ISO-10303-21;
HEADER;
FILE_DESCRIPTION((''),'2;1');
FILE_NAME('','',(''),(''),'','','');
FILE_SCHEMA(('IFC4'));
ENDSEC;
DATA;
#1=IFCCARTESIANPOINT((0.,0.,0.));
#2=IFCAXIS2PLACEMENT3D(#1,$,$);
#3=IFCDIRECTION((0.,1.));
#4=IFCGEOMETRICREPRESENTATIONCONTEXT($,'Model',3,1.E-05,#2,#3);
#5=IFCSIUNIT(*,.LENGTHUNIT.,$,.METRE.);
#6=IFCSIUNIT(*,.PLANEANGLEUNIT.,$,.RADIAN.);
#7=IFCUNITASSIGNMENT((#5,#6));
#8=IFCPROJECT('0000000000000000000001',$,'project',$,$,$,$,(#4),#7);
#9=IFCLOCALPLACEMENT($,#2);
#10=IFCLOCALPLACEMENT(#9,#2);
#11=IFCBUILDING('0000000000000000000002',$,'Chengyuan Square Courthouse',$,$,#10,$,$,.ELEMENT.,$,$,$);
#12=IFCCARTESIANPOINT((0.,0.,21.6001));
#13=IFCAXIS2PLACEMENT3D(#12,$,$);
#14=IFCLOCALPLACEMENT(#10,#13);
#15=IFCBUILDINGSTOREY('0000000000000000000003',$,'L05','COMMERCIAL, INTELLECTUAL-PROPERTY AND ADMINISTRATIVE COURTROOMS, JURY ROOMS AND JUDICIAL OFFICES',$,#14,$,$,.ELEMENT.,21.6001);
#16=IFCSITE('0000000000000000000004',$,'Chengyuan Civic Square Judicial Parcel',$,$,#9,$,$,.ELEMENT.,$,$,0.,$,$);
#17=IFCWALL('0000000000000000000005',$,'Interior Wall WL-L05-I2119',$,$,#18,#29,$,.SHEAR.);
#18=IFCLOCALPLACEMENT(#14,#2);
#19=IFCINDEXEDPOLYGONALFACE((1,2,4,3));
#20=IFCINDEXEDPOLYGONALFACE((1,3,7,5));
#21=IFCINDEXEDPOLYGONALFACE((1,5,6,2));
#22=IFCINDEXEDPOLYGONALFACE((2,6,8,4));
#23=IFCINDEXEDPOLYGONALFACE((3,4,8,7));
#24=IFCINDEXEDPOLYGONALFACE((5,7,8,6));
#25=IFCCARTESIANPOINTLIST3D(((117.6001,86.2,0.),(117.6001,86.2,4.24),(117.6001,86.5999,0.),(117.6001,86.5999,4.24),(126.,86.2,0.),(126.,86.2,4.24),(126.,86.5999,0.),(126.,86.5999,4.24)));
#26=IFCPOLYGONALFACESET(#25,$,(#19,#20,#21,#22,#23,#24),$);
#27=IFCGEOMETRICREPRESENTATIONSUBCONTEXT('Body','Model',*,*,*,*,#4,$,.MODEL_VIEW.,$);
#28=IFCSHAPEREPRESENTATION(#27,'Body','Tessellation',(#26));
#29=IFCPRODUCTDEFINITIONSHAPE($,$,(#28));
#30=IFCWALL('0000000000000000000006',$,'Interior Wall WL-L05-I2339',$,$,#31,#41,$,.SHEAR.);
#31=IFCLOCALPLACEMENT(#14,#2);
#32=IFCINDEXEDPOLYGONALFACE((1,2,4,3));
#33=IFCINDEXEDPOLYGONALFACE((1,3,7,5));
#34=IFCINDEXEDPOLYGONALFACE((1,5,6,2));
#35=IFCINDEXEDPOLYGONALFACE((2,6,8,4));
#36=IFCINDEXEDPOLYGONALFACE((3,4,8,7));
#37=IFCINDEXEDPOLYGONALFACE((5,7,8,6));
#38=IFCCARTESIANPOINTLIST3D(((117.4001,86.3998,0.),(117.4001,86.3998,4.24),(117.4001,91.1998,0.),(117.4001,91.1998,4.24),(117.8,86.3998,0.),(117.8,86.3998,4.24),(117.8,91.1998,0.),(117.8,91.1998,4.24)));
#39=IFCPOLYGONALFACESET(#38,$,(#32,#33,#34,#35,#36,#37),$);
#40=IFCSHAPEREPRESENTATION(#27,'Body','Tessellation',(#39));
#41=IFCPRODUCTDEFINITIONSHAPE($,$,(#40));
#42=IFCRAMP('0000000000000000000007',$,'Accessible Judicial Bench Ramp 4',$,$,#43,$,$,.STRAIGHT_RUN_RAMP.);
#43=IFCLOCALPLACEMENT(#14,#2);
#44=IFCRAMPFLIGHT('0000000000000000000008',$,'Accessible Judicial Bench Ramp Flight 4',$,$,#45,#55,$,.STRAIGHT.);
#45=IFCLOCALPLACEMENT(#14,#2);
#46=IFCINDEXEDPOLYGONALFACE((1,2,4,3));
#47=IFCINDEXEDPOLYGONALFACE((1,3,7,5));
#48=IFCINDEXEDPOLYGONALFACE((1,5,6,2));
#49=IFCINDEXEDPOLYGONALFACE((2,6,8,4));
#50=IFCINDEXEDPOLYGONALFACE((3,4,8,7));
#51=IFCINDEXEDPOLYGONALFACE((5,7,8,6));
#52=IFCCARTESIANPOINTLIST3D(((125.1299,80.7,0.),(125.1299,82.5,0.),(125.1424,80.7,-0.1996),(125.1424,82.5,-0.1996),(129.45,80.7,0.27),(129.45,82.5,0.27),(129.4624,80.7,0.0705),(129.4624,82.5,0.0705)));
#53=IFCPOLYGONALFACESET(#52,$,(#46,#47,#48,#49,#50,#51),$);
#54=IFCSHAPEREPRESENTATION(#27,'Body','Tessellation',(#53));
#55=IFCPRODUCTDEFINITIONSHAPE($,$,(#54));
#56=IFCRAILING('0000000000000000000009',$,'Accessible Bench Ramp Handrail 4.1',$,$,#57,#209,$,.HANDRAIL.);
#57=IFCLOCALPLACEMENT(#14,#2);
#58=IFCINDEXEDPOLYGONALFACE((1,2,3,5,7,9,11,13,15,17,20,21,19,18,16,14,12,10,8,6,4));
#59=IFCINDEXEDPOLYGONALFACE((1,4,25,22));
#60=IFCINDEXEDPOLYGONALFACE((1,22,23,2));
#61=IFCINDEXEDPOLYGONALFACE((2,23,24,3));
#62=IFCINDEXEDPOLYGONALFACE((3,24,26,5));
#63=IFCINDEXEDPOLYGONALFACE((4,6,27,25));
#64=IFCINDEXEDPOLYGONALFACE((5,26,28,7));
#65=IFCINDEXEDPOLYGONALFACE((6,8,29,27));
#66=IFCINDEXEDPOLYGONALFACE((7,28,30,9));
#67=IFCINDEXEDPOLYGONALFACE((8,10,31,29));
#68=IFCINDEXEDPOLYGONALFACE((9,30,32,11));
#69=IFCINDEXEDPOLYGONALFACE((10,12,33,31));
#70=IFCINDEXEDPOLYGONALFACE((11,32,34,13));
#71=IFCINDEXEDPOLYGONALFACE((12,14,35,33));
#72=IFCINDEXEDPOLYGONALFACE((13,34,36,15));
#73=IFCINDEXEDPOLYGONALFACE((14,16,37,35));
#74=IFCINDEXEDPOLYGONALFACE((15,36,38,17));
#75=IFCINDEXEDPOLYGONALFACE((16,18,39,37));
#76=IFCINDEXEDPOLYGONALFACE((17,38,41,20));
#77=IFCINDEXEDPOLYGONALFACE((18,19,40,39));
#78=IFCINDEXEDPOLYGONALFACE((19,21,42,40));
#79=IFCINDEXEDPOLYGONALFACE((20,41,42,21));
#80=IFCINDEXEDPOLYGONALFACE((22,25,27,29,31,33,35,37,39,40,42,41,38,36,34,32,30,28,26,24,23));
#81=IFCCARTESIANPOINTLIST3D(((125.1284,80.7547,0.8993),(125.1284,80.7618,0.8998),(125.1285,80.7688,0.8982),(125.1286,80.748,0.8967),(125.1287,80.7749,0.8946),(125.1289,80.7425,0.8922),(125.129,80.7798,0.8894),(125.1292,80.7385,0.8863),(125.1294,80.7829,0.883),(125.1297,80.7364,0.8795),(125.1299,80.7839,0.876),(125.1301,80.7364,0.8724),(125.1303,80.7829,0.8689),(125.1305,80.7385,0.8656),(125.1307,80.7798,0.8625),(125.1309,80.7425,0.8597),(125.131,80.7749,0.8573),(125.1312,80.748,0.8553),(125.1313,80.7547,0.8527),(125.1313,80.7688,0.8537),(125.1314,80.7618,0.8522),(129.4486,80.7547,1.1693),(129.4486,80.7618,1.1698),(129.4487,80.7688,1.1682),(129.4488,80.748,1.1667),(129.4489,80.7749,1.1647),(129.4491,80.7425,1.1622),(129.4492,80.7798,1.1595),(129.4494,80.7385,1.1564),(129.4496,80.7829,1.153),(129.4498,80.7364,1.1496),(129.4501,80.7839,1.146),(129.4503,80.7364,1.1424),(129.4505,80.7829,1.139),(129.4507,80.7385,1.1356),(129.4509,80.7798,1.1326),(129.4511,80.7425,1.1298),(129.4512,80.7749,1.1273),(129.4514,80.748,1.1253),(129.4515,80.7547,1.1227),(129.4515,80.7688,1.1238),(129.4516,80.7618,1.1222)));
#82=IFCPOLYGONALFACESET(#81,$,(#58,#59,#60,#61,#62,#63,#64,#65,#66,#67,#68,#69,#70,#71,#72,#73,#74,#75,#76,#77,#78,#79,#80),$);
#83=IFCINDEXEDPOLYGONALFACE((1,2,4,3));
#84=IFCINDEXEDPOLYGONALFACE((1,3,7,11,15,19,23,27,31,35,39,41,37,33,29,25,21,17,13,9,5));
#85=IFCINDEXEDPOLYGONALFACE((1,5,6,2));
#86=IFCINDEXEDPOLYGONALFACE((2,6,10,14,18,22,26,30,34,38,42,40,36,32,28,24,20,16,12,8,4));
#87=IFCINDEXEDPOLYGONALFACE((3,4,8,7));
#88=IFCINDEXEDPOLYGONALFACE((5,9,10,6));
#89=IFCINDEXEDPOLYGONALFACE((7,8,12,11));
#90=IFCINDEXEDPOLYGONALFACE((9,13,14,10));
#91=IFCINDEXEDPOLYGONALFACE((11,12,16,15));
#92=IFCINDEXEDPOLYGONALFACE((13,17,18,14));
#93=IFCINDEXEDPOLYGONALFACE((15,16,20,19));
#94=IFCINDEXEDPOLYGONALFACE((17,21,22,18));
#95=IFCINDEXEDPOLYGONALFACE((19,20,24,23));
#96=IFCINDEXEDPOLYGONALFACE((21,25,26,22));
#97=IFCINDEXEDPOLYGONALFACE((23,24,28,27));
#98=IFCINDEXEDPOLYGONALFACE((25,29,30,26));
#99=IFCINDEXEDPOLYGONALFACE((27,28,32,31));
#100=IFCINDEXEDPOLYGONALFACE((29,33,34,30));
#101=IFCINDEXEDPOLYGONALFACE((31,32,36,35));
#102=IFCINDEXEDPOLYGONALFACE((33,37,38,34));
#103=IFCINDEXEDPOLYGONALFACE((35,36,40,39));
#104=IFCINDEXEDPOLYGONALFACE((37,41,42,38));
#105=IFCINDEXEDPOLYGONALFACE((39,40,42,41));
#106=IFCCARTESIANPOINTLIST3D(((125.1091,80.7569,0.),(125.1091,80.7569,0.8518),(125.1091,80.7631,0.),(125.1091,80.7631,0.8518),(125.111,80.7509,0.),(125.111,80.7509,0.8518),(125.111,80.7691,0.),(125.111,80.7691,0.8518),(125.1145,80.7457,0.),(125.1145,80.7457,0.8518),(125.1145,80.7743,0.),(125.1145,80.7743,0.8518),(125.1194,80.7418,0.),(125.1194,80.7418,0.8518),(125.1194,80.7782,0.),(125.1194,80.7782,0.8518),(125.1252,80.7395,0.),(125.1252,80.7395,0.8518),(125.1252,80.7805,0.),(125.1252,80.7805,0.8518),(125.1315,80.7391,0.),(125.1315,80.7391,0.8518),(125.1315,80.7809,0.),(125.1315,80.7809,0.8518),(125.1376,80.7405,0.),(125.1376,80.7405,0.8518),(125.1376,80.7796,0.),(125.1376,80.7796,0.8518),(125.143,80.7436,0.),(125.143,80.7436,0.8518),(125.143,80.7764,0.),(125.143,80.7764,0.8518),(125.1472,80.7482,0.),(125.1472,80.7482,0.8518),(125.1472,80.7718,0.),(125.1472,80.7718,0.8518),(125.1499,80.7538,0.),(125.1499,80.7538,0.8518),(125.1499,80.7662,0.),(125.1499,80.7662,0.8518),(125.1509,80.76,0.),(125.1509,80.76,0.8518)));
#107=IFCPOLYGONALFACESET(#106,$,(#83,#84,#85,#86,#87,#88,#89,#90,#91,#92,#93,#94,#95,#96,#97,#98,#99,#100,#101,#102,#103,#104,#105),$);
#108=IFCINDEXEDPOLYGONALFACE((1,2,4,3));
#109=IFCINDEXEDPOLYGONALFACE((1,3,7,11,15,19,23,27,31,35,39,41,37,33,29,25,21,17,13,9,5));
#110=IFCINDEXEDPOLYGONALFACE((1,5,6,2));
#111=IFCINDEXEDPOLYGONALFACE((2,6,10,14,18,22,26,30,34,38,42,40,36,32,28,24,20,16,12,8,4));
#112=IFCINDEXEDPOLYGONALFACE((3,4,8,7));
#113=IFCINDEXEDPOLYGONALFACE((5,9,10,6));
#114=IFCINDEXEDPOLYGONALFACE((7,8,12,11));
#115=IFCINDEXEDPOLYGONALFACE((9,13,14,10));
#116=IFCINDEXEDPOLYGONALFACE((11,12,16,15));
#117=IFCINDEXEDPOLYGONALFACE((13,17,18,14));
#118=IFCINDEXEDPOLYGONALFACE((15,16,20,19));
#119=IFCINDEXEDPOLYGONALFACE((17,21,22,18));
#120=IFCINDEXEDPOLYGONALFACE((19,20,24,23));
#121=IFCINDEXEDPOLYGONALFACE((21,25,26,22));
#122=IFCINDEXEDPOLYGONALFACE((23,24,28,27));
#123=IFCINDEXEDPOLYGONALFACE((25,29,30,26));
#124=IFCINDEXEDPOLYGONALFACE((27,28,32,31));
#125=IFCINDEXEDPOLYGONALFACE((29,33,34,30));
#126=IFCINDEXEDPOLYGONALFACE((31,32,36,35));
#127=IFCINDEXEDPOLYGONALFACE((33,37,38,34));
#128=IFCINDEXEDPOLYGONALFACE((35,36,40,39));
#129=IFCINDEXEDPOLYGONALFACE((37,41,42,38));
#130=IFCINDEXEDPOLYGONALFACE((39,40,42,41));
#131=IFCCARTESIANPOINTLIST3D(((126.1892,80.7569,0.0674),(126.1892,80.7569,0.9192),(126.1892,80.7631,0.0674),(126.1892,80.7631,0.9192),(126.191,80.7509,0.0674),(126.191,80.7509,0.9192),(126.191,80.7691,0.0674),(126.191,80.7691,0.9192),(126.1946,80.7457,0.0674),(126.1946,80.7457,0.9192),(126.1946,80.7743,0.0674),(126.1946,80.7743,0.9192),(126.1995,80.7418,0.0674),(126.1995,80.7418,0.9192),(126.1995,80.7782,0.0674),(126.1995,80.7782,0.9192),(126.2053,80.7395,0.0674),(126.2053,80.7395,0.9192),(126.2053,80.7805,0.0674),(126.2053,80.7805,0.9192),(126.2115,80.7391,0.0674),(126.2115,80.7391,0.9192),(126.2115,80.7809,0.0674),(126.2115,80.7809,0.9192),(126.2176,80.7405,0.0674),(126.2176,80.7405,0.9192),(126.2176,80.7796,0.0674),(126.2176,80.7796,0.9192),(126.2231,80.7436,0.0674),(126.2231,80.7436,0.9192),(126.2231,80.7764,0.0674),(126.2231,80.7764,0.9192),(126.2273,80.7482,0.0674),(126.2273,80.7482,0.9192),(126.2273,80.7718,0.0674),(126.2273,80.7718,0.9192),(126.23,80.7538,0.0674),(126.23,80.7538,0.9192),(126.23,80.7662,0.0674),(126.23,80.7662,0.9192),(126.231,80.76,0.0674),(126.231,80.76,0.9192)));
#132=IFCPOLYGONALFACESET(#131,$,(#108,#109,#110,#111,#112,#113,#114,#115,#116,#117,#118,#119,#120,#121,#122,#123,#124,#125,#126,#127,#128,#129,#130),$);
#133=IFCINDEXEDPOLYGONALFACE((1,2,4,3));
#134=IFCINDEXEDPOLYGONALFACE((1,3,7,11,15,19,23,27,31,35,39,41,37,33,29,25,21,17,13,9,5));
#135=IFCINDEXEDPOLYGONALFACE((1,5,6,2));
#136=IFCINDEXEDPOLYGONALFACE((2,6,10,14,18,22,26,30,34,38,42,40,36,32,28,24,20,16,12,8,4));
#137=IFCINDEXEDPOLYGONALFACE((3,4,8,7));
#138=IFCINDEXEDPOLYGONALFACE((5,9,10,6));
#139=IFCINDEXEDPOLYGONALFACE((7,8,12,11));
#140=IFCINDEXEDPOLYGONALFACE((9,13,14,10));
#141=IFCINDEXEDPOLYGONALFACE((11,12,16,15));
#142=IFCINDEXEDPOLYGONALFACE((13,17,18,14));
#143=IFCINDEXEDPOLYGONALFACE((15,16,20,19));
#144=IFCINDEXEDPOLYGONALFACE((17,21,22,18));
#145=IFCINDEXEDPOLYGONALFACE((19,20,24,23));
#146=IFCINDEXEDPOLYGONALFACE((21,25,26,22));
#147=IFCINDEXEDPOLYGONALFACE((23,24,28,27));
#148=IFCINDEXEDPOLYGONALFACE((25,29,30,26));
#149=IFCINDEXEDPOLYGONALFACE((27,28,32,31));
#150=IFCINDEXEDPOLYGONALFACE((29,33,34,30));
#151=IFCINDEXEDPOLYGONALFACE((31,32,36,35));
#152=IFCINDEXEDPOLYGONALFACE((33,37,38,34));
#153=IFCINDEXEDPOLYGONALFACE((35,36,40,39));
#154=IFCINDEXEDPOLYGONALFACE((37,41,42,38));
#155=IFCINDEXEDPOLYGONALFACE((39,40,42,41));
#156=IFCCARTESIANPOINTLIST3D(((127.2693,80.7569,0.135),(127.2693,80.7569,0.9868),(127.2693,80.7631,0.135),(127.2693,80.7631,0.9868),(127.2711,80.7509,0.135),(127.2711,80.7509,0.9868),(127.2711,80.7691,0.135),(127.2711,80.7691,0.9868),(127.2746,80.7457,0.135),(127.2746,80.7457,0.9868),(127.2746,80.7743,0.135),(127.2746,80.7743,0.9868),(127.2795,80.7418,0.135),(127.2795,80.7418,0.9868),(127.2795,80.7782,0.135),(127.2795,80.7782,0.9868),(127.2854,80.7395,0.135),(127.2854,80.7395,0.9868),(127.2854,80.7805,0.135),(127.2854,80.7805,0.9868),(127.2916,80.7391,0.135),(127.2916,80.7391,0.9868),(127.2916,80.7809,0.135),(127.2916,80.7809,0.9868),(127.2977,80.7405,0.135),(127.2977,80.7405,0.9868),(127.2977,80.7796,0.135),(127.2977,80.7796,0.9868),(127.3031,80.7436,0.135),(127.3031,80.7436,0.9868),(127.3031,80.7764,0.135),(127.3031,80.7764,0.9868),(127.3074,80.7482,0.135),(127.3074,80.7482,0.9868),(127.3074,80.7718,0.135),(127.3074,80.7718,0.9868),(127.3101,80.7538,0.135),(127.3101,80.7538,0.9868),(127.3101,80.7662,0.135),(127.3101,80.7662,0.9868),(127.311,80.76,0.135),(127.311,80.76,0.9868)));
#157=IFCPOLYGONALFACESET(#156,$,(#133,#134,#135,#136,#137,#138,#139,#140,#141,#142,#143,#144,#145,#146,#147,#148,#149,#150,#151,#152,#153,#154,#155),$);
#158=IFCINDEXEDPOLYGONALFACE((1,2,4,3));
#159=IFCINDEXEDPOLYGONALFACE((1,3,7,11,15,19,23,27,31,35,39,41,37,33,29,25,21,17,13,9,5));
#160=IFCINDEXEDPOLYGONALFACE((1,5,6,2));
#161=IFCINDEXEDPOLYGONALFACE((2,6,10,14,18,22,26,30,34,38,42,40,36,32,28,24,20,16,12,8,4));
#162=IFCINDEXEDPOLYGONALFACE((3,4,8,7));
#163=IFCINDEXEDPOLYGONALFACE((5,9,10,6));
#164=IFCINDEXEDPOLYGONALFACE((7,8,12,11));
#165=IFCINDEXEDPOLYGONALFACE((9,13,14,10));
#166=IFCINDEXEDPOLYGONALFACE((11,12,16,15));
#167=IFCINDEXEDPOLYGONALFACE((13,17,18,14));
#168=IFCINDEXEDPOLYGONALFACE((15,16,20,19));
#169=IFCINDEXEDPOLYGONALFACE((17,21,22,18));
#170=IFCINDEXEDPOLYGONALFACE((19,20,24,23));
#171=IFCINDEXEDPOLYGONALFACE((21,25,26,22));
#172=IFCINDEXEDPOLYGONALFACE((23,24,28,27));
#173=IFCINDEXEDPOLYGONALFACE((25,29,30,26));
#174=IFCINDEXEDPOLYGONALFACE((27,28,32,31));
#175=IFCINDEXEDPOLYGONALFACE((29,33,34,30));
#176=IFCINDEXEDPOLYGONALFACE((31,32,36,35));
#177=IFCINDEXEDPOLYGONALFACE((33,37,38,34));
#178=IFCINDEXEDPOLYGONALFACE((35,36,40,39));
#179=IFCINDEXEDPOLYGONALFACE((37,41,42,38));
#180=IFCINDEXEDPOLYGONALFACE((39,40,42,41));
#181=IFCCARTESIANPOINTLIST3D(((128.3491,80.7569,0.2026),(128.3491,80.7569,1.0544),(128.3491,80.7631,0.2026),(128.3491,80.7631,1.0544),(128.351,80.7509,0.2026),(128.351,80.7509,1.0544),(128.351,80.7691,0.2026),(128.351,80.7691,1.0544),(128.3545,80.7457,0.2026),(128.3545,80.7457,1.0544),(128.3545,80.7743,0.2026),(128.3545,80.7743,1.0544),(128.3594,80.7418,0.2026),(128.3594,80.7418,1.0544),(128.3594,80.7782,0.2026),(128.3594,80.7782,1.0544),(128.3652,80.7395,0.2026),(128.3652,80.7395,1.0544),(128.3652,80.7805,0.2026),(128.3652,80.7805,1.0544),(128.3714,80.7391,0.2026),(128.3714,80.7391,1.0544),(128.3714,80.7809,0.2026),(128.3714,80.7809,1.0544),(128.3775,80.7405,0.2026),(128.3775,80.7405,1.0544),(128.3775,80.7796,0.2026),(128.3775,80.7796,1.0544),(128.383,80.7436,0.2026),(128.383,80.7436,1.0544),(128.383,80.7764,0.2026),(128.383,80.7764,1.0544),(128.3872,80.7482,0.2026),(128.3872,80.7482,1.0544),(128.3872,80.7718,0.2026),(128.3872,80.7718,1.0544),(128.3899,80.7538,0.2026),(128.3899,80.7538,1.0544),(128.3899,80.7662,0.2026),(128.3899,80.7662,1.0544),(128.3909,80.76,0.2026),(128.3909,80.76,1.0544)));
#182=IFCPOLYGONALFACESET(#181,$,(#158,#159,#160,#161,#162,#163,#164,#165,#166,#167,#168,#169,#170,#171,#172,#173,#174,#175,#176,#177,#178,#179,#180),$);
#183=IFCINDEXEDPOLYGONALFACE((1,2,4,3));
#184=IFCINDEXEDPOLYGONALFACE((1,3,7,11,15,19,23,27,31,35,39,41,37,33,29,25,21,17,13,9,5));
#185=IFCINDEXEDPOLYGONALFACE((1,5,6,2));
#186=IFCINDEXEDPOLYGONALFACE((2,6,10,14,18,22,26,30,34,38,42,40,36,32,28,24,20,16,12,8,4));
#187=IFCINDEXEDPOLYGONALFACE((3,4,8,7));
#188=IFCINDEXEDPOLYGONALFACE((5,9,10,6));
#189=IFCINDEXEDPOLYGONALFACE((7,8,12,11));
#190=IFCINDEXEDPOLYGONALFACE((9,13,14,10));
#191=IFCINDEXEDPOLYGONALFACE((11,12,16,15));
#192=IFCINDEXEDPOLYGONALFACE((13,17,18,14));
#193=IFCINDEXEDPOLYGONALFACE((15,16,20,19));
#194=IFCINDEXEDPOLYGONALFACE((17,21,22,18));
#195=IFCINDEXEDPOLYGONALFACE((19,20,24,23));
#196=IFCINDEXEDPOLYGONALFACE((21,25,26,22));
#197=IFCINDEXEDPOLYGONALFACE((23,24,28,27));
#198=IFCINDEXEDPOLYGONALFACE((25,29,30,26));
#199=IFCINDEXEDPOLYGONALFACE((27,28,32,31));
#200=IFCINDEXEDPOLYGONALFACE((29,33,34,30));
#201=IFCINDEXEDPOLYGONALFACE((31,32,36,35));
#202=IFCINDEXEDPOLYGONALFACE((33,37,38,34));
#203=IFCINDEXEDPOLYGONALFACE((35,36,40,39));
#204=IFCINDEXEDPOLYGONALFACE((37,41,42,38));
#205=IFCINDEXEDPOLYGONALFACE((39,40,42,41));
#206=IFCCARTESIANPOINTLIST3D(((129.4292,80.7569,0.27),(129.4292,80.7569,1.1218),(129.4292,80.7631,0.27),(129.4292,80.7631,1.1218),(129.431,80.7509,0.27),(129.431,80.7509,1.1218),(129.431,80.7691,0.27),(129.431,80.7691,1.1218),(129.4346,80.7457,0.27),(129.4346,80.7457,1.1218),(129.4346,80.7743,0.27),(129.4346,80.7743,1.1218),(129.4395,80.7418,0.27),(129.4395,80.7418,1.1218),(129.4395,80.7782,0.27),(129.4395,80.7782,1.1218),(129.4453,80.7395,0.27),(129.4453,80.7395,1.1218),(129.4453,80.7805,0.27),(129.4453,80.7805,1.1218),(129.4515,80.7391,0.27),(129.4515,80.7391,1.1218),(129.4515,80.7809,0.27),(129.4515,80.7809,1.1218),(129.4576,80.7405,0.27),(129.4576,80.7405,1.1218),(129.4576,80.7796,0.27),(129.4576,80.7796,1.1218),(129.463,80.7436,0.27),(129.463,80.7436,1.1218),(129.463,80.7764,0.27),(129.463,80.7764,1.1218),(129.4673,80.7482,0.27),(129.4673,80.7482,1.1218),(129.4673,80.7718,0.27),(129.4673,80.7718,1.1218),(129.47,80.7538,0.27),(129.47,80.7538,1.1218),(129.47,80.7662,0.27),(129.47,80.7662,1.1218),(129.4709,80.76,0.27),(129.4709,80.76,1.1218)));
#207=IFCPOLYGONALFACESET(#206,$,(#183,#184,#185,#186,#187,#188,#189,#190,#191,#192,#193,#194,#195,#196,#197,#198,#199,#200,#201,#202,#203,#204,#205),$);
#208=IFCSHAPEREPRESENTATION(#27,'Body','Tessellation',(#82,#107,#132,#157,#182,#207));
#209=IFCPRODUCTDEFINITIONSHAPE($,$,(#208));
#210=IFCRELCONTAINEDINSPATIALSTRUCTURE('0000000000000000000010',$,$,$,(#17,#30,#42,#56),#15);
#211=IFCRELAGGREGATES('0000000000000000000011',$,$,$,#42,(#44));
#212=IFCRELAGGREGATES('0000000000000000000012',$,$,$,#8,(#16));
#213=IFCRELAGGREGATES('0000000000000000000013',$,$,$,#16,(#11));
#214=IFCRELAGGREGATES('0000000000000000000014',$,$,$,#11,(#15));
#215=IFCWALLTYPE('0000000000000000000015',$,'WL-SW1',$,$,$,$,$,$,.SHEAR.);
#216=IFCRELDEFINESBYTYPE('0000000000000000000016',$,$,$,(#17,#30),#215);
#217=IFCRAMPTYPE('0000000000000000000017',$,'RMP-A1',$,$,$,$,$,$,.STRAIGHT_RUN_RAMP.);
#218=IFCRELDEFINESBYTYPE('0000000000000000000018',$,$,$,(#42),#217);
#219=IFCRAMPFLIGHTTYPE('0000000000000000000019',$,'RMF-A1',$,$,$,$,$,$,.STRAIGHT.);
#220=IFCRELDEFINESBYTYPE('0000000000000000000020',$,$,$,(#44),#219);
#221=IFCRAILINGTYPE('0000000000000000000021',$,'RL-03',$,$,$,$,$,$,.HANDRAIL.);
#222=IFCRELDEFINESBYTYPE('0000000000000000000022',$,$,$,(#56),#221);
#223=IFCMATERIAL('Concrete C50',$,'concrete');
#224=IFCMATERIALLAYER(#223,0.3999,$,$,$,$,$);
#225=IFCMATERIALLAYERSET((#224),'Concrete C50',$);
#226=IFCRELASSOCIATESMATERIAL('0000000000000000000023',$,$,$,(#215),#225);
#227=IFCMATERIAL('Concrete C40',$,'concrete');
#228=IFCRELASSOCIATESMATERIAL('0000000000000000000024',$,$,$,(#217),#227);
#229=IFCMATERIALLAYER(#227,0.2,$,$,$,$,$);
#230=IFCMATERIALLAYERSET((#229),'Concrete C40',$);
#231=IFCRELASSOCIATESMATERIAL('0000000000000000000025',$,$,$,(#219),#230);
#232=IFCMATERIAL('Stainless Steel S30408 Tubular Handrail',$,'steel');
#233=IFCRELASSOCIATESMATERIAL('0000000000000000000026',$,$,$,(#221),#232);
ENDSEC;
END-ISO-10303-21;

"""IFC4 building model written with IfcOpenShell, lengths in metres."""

from ifc_helpers import new_model, si_unit, direction, frame, frame_2d, origin, origin_2d, place, context, subcontext, project, spatial, polyline, rectangle, circle, outline, extrude, material, layer, layer_set, type_object, element, aggregate, save


model = new_model("IFC4")

# Units and contexts
model_context = context("Model", 3, precision=1e-05, world=origin(), true_north=direction((0.0, 1.0)))
body_context = subcontext(model_context, "Body", "Model", "MODEL_VIEW")
ifc_project = project(units=[si_unit("LENGTHUNIT", "METRE"), si_unit("PLANEANGLEUNIT", "RADIAN")], contexts=[model_context])

# Site, building, storey
site_placement = place(None, origin())
site = spatial("IfcSite", under=ifc_project, at=site_placement, Name="Chengyuan Civic Square Judicial Parcel", CompositionType="ELEMENT", RefElevation=0.0)
building_placement = place(site_placement, origin())
building = spatial("IfcBuilding", under=site, at=building_placement, Name="Chengyuan Square Courthouse", CompositionType="ELEMENT")
storey_placement = place(building_placement, frame((0.0, 0.0, 21.6001)))
storey = spatial("IfcBuildingStorey", under=building, at=storey_placement, Name="L05", Description="COMMERCIAL, INTELLECTUAL-PROPERTY AND ADMINISTRATIVE COURTROOMS, JURY ROOMS AND JUDICIAL OFFICES", CompositionType="ELEMENT", Elevation=21.6001)

# Shared definitions
ifc_material_1 = material(Name="Concrete C50", Category="concrete")

# Shared definitions
ifc_material_2 = material(Name="Concrete C40", Category="concrete")

# Walls
ifc_layer_1 = layer(ifc_material_1, 0.3999)
ifc_layer_set_1 = layer_set([ifc_layer_1], Name="Concrete C50")
wall_type_1 = type_object("IfcWallType", Name="WL-SW1", PredefinedType="SHEAR", material=ifc_layer_set_1)
wall_1_placement = place(storey_placement, frame((117.6001, 86.3999, 0.0), z_axis=(0.0, 0.0, 1.0), x_axis=(1.0, 0.0, 0.0)))
element("IfcWall", 1, at=wall_1_placement, inside=storey, type_object=wall_type_1, Name="Interior Wall WL-L05-I2119", PredefinedType="SHEAR", context=body_context, shape_type="SweptSolid", body=[
    extrude(rectangle(XDim=8.3999, YDim=0.3999, at=frame_2d((4.2, 0.0))), origin(), (0.0, 0.0, 1.0), 4.24),
])
wall_2_placement = place(storey_placement, frame((117.6001, 86.3999, 0.0), z_axis=(0.0, 0.0, 1.0), x_axis=(0.0, 1.0, 0.0)))
element("IfcWall", 2, at=wall_2_placement, inside=storey, type_object=wall_type_1, Name="Interior Wall WL-L05-I2339", PredefinedType="SHEAR", context=body_context, shape_type="SweptSolid", body=[
    extrude(rectangle(XDim=4.8, YDim=0.3999, at=frame_2d((2.3999, 0.0))), origin(), (0.0, 0.0, 1.0), 4.24),
])

# Ramp, ramp flight
ramp_type = type_object("IfcRampType", Name="RMP-A1", PredefinedType="STRAIGHT_RUN_RAMP", material=ifc_material_2)
ramp_placement = place(storey_placement, origin())
ramp = element("IfcRamp", 3, at=ramp_placement, inside=storey, type_object=ramp_type, Name="Accessible Judicial Bench Ramp 4", PredefinedType="STRAIGHT_RUN_RAMP")
ifc_layer_2 = layer(ifc_material_2, 0.2)
ifc_layer_set_2 = layer_set([ifc_layer_2], Name="Concrete C40")
ramp_flight_type = type_object("IfcRampFlightType", Name="RMF-A1", PredefinedType="STRAIGHT", material=ifc_layer_set_2)
ramp_flight_placement = place(storey_placement, frame((125.1299, 80.7, 0.0), z_axis=(-0.062382, 0.0, 0.998052), x_axis=(0.0, 1.0, 0.0)))
ramp_flight = element("IfcRampFlight", 4, at=ramp_flight_placement, type_object=ramp_flight_type, Name="Accessible Judicial Bench Ramp Flight 4", PredefinedType="STRAIGHT", context=body_context, shape_type="SweptSolid", body=[
    extrude(outline(polyline([(0.0, 0.0), (1.8, 0.0), (1.8, -4.3285), (0.0, -4.3285), (0.0, 0.0)])), origin(), (0.0, 0.0, -1.0), 0.2),
])
aggregate(ramp, [ramp_flight])

# Railing
ifc_material_3 = material(Name="Stainless Steel S30408 Tubular Handrail", Category="steel")
railing_type = type_object("IfcRailingType", Name="RL-03", PredefinedType="HANDRAIL", material=ifc_material_3)
for number, where, name in (
    (5, (125.1299, 80.76, 0.0), "Accessible Bench Ramp Handrail 4.1"),
):
    element("IfcRailing", number, at=place(storey_placement, frame(where)), inside=storey, type_object=railing_type, Name=name, PredefinedType="HANDRAIL", context=body_context, shape_type="SweptSolid", body=[
        extrude(circle(Radius=0.0239, at=origin_2d()), frame((0.0, 0.0, 0.876), z_axis=(0.998052, 0.0, 0.062382), x_axis=(0.0, 1.0, 0.0)), (0.0, 0.0, 1.0), 4.3286),
        extrude(circle(Radius=0.021, at=origin_2d()), origin(), (0.0, 0.0, 1.0), 0.8518),
        extrude(circle(Radius=0.021, at=origin_2d()), frame((1.0801, 0.0, 0.0674)), (0.0, 0.0, 1.0), 0.8518),
        extrude(circle(Radius=0.021, at=origin_2d()), frame((2.1602, 0.0, 0.135)), (0.0, 0.0, 1.0), 0.8518),
        extrude(circle(Radius=0.021, at=origin_2d()), frame((3.24, 0.0, 0.2026)), (0.0, 0.0, 1.0), 0.8518),
        extrude(circle(Radius=0.021, at=origin_2d()), frame((4.3201, 0.0, 0.27)), (0.0, 0.0, 1.0), 0.8518),
    ])

save(model, "model.ifc")
